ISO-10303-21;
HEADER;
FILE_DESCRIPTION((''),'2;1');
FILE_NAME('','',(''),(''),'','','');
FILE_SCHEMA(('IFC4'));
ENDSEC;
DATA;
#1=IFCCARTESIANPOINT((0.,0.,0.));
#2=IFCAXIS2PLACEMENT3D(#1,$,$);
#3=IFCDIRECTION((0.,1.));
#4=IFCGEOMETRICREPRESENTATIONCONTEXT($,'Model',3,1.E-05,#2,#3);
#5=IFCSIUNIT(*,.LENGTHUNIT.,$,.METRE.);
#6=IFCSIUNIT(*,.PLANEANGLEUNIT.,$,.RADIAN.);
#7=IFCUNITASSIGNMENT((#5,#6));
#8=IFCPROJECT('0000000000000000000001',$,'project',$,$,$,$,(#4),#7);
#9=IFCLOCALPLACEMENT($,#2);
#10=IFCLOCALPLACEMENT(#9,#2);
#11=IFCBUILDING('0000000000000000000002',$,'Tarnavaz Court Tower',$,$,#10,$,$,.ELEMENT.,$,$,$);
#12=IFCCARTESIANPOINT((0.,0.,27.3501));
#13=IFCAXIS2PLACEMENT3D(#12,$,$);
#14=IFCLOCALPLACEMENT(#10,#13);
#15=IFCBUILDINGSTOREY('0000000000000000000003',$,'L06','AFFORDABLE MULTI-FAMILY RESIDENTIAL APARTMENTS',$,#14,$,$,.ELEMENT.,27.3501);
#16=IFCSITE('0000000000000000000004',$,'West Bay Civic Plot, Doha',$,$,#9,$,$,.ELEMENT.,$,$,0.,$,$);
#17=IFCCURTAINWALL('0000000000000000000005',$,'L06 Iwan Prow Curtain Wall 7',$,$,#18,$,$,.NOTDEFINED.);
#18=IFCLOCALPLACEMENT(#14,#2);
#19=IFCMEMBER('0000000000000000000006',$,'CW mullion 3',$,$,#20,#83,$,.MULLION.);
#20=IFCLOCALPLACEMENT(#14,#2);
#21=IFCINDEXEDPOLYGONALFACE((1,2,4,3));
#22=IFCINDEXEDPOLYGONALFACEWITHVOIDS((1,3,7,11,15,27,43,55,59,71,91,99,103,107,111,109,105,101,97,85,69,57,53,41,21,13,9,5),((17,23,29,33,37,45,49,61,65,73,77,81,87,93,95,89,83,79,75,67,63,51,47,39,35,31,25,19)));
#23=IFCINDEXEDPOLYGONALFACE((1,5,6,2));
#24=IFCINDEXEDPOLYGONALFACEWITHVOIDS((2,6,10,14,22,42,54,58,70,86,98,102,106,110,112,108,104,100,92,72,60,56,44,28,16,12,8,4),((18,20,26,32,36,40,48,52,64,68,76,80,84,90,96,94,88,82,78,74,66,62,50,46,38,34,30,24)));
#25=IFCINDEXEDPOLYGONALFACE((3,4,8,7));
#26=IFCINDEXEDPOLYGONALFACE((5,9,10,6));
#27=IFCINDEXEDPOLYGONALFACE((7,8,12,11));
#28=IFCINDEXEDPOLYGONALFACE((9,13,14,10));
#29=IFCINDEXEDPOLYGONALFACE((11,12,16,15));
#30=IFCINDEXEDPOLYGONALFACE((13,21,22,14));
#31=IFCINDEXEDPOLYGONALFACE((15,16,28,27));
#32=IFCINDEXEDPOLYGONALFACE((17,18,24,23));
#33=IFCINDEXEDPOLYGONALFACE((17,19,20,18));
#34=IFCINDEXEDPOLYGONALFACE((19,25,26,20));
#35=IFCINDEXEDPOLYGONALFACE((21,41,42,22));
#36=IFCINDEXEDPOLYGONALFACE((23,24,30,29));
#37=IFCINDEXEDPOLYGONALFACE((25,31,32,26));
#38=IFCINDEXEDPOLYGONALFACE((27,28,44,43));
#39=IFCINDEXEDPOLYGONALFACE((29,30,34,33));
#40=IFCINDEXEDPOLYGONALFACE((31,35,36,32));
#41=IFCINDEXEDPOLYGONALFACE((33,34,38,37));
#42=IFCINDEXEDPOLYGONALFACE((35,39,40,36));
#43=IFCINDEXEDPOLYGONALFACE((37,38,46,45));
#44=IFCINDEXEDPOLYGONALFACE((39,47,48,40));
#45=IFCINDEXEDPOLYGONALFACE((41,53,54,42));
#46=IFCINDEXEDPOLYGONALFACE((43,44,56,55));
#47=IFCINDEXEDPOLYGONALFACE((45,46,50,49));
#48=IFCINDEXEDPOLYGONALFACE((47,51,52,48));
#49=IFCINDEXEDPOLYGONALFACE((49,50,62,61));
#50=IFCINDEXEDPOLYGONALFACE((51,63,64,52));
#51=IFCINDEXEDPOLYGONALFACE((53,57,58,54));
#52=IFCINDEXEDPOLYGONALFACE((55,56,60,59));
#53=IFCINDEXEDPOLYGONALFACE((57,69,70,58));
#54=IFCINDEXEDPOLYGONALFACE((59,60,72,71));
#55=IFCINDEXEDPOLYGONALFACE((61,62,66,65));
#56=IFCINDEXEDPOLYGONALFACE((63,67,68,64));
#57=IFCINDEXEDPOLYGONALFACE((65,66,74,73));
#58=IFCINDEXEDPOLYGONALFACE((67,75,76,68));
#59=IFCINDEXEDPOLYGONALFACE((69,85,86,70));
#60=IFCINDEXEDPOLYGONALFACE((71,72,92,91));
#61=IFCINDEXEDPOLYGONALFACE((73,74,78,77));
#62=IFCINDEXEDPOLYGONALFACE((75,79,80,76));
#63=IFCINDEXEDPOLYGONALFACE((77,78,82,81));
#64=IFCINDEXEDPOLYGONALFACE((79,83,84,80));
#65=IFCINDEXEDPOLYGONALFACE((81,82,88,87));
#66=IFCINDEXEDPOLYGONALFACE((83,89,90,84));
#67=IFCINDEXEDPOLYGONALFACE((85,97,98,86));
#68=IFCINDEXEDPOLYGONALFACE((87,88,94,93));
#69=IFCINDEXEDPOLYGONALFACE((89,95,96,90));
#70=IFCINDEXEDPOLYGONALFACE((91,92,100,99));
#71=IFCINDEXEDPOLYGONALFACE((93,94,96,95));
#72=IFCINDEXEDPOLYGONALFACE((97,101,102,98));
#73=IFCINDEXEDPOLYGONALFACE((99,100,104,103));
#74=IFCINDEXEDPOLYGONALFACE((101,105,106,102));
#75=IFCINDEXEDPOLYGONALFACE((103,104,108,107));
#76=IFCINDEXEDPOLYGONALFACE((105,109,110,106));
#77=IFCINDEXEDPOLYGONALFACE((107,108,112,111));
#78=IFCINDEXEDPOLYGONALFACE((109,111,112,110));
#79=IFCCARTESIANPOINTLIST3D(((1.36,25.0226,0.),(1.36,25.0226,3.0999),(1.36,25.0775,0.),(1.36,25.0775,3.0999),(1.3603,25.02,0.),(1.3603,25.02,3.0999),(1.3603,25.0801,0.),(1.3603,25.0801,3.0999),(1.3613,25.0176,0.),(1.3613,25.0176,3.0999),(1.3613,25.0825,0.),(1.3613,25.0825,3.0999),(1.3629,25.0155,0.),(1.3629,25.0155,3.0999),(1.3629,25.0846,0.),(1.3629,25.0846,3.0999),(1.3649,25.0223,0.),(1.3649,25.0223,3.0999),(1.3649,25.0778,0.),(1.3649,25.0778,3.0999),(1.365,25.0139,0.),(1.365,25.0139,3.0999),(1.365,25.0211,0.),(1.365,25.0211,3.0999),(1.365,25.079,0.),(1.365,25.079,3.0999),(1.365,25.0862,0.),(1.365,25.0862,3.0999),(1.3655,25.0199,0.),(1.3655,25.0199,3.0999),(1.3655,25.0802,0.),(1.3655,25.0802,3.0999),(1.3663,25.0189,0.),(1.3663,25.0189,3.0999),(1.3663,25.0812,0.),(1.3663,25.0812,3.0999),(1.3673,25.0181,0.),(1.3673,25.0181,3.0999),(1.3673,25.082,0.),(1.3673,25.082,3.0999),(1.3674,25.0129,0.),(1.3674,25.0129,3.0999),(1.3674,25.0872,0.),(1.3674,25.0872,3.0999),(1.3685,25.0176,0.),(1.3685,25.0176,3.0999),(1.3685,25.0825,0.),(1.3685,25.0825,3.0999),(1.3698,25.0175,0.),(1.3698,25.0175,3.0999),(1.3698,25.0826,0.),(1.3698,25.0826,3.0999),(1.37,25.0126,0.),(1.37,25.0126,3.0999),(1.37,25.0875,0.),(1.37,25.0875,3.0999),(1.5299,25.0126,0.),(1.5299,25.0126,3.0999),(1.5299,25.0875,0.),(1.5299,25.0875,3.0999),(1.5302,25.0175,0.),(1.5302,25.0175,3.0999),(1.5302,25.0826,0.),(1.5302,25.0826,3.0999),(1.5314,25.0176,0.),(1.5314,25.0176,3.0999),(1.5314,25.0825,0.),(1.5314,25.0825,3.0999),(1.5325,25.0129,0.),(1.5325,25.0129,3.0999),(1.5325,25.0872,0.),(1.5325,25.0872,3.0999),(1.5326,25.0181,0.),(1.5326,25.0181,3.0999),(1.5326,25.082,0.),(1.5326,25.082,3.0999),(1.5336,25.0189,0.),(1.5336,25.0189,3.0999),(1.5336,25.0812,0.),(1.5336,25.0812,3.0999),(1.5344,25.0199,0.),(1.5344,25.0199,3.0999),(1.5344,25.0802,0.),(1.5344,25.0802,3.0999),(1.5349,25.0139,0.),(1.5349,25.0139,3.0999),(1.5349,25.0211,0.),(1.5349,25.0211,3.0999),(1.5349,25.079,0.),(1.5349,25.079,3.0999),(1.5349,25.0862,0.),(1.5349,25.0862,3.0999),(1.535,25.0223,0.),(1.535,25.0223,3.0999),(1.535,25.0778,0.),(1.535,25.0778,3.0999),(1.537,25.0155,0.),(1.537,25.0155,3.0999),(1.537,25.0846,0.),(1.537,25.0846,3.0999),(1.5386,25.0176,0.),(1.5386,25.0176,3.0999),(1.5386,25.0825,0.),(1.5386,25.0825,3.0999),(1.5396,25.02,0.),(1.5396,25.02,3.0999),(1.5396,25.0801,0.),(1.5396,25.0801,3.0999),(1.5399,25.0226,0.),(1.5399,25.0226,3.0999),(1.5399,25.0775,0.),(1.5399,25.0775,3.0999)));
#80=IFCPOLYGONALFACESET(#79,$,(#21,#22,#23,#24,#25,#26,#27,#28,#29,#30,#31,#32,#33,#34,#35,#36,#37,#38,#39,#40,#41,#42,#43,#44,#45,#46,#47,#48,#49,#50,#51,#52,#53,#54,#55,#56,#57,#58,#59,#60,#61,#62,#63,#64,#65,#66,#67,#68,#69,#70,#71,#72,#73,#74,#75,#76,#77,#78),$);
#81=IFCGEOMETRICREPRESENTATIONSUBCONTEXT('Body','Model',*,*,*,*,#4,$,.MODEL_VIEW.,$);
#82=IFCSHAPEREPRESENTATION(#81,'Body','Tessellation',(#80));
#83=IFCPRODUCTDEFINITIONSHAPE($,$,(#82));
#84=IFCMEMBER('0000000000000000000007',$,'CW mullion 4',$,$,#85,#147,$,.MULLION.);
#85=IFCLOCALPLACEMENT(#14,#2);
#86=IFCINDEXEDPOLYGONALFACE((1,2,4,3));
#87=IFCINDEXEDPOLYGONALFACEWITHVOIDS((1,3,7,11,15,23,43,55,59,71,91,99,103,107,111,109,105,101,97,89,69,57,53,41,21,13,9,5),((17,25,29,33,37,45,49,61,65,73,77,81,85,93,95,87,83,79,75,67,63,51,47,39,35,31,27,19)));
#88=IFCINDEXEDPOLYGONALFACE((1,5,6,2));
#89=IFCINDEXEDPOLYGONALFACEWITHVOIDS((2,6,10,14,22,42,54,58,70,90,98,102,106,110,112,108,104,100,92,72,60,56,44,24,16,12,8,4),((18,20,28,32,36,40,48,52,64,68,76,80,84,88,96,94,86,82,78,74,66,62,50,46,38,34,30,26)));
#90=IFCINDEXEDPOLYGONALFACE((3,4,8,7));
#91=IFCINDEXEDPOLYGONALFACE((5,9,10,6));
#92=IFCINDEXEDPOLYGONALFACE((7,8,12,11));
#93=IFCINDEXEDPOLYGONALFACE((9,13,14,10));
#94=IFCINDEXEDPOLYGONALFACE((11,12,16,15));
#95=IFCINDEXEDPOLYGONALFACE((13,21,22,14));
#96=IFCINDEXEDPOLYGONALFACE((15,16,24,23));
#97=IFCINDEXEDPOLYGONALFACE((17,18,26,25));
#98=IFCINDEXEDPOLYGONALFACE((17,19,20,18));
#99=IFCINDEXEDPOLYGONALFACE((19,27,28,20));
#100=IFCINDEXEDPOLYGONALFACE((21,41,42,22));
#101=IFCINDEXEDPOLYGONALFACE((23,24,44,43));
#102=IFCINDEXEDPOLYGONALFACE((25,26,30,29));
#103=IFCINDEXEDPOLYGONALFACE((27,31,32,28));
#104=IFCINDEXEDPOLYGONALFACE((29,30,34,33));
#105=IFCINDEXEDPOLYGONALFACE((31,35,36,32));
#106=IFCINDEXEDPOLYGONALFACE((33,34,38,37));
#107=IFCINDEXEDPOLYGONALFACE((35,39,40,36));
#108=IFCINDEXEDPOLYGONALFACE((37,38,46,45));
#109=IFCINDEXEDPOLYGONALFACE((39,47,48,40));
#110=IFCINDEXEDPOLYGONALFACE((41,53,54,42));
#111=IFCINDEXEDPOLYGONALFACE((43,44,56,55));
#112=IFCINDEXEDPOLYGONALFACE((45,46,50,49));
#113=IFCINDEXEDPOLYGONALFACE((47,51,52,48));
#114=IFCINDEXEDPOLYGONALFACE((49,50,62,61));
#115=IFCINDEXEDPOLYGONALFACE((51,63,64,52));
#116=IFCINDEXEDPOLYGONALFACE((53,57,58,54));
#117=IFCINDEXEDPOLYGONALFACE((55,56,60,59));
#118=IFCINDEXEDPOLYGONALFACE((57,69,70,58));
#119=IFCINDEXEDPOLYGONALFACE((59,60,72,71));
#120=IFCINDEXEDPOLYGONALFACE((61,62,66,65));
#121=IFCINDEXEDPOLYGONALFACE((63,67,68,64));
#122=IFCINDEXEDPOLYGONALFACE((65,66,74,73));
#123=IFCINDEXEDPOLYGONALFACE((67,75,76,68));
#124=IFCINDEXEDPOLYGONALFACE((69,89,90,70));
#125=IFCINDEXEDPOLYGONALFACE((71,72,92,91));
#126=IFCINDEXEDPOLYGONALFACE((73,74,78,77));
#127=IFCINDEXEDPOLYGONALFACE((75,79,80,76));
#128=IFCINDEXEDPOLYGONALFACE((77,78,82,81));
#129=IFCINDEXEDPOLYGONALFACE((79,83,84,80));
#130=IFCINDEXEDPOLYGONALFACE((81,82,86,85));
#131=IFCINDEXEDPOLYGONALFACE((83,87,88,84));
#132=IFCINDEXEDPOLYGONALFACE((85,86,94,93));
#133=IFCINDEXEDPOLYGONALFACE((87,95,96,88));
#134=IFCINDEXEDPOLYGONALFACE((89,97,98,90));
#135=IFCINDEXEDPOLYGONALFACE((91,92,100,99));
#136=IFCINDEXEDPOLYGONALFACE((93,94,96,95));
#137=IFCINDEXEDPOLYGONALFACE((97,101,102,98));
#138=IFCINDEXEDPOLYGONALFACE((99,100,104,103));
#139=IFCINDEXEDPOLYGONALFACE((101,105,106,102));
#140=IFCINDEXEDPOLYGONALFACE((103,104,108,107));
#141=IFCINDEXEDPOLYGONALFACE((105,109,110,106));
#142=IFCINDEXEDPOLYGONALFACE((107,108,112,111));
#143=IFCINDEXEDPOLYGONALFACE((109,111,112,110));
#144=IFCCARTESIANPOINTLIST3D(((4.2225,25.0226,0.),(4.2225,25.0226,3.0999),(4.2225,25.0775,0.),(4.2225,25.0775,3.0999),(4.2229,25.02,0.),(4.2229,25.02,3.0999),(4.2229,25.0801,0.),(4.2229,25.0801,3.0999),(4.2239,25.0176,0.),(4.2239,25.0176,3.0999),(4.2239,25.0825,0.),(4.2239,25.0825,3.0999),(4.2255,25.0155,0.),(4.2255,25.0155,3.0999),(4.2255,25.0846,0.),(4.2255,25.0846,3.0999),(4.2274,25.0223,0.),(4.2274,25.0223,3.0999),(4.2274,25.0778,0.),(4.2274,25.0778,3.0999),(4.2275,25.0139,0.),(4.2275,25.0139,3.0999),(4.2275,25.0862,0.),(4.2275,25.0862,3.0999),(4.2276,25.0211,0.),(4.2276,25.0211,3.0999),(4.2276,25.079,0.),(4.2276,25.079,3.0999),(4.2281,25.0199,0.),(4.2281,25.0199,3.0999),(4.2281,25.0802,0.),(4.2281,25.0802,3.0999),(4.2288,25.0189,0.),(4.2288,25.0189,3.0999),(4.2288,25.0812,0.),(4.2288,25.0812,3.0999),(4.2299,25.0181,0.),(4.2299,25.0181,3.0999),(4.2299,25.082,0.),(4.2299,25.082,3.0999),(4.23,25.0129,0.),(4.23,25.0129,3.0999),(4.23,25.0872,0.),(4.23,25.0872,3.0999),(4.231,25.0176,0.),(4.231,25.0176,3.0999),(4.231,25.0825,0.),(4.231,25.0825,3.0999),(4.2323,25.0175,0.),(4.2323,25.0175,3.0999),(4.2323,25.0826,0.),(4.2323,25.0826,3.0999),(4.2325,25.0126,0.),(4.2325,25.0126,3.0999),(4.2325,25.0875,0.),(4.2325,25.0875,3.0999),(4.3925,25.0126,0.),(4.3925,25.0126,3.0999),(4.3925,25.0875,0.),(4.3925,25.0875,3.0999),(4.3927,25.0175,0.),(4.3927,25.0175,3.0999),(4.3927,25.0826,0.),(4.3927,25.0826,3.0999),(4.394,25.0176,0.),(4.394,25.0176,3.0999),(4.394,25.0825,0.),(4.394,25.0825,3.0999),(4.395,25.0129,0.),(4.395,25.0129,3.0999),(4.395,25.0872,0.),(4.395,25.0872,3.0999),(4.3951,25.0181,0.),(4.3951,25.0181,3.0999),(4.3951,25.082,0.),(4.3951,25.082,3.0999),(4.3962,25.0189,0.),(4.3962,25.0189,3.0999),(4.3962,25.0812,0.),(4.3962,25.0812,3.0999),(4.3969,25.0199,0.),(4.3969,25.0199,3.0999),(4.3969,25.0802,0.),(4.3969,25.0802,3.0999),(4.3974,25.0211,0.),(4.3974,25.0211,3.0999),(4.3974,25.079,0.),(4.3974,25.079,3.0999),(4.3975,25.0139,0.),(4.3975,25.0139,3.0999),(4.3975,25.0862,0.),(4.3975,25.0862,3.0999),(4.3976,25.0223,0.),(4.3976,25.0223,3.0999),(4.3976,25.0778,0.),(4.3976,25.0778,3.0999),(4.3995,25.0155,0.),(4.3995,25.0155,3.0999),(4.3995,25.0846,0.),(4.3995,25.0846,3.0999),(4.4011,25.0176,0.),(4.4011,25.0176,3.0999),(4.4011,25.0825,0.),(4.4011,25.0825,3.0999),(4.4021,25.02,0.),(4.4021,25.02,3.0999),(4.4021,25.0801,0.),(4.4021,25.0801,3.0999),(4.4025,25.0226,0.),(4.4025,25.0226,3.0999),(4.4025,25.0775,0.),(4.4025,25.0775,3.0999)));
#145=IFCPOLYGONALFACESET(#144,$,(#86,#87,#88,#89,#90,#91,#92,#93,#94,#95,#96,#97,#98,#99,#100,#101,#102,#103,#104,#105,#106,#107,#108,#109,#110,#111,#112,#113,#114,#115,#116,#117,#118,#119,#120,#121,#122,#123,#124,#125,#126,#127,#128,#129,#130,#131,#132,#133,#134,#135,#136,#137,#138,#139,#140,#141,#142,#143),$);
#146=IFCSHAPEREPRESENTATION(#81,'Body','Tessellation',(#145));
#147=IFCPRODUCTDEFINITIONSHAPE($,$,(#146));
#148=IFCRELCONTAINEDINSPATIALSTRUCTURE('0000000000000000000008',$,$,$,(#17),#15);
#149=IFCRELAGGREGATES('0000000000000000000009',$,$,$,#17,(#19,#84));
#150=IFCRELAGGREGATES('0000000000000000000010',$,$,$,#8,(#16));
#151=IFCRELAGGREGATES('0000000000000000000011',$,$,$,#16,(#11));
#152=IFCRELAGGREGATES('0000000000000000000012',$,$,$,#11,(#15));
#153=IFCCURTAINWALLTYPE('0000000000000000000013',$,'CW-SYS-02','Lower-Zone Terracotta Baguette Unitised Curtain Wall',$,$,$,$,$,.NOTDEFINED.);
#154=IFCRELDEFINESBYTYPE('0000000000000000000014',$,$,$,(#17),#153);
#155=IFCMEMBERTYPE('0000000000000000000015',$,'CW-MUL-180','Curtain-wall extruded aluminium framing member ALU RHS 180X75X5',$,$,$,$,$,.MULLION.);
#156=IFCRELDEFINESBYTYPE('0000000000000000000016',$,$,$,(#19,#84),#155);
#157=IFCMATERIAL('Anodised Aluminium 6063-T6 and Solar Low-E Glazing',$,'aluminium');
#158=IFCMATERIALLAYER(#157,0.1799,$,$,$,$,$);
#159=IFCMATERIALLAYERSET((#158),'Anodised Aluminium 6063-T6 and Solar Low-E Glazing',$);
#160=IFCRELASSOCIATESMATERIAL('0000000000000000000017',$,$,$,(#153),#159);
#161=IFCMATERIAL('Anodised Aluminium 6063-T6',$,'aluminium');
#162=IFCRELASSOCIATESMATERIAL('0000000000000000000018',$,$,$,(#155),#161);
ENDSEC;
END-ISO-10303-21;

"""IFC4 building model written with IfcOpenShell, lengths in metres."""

from ifc_helpers import new_model, si_unit, direction, frame, origin, origin_2d, place, context, subcontext, project, spatial, hollow_rectangle, extrude, material, layer, layer_set, material_profile, profile_set, type_object, element, aggregate, save


model = new_model("IFC4")

# Units and contexts
model_context = context("Model", 3, precision=1e-05, world=origin(), true_north=direction((0.0, 1.0)))
body_context = subcontext(model_context, "Body", "Model", "MODEL_VIEW")
ifc_project = project(units=[si_unit("LENGTHUNIT", "METRE"), si_unit("PLANEANGLEUNIT", "RADIAN")], contexts=[model_context])

# Site, building, storey
site_placement = place(None, origin())
site = spatial("IfcSite", under=ifc_project, at=site_placement, Name="West Bay Civic Plot, Doha", CompositionType="ELEMENT", RefElevation=0.0)
building_placement = place(site_placement, origin())
building = spatial("IfcBuilding", under=site, at=building_placement, Name="Tarnavaz Court Tower", CompositionType="ELEMENT")
storey_placement = place(building_placement, frame((0.0, 0.0, 27.3501)))
storey = spatial("IfcBuildingStorey", under=building, at=storey_placement, Name="L06", Description="AFFORDABLE MULTI-FAMILY RESIDENTIAL APARTMENTS", CompositionType="ELEMENT", Elevation=27.3501)

# Curtain wall, members
ifc_material_1 = material(Name="Anodised Aluminium 6063-T6 and Solar Low-E Glazing", Category="aluminium")
ifc_layer_1 = layer(ifc_material_1, 0.1799)
ifc_layer_set_1 = layer_set([ifc_layer_1], Name="Anodised Aluminium 6063-T6 and Solar Low-E Glazing")
curtain_wall_type = type_object("IfcCurtainWallType", Name="CW-SYS-02", Description="Lower-Zone Terracotta Baguette Unitised Curtain Wall", PredefinedType="NOTDEFINED", material=ifc_layer_set_1)
curtain_wall_placement = place(storey_placement, origin())
curtain_wall = element("IfcCurtainWall", 1, at=curtain_wall_placement, inside=storey, type_object=curtain_wall_type, Name="L06 Iwan Prow Curtain Wall 7", PredefinedType="NOTDEFINED")
ifc_material_2 = material(Name="Anodised Aluminium 6063-T6", Category="aluminium")
ifc_material_profile_1 = material_profile(ifc_material_2, hollow_rectangle(XDim=0.075, YDim=0.1799, WallThickness=0.0049, InnerFilletRadius=0.0049, OuterFilletRadius=0.01, at=origin_2d()), Name="ALU RHS 180X75X5")
ifc_profile_set_1 = profile_set([ifc_material_profile_1], Name="Anodised Aluminium 6063-T6")
member_type_1 = type_object("IfcMemberType", Name="CW-MUL-180", Description="Curtain-wall extruded aluminium framing member ALU RHS 180X75X5", PredefinedType="MULLION", material=ifc_profile_set_1)
member_1_placement = place(storey_placement, frame((1.45, 25.05, 0.0), z_axis=(0.0, 0.0, 1.0), x_axis=(0.0, 1.0, 0.0)))
member_1 = element("IfcMember", 2, at=member_1_placement, type_object=member_type_1, Name="CW mullion 3", PredefinedType="MULLION", context=body_context, shape_type="SweptSolid", body=[
    extrude(hollow_rectangle(XDim=0.075, YDim=0.1799, WallThickness=0.0049, InnerFilletRadius=0.0049, OuterFilletRadius=0.01, at=origin_2d()), origin(), (0.0, 0.0, 1.0), 3.0999),
])
member_2_placement = place(storey_placement, frame((4.3125, 25.05, 0.0), z_axis=(0.0, 0.0, 1.0), x_axis=(0.0, 1.0, 0.0)))
member_2 = element("IfcMember", 3, at=member_2_placement, type_object=member_type_1, Name="CW mullion 4", PredefinedType="MULLION", context=body_context, shape_type="SweptSolid", body=[
    extrude(hollow_rectangle(XDim=0.075, YDim=0.1799, WallThickness=0.0049, InnerFilletRadius=0.0049, OuterFilletRadius=0.01, at=origin_2d()), origin(), (0.0, 0.0, 1.0), 3.0999),
])
aggregate(curtain_wall, [member_1, member_2])

save(model, "model.ifc")
